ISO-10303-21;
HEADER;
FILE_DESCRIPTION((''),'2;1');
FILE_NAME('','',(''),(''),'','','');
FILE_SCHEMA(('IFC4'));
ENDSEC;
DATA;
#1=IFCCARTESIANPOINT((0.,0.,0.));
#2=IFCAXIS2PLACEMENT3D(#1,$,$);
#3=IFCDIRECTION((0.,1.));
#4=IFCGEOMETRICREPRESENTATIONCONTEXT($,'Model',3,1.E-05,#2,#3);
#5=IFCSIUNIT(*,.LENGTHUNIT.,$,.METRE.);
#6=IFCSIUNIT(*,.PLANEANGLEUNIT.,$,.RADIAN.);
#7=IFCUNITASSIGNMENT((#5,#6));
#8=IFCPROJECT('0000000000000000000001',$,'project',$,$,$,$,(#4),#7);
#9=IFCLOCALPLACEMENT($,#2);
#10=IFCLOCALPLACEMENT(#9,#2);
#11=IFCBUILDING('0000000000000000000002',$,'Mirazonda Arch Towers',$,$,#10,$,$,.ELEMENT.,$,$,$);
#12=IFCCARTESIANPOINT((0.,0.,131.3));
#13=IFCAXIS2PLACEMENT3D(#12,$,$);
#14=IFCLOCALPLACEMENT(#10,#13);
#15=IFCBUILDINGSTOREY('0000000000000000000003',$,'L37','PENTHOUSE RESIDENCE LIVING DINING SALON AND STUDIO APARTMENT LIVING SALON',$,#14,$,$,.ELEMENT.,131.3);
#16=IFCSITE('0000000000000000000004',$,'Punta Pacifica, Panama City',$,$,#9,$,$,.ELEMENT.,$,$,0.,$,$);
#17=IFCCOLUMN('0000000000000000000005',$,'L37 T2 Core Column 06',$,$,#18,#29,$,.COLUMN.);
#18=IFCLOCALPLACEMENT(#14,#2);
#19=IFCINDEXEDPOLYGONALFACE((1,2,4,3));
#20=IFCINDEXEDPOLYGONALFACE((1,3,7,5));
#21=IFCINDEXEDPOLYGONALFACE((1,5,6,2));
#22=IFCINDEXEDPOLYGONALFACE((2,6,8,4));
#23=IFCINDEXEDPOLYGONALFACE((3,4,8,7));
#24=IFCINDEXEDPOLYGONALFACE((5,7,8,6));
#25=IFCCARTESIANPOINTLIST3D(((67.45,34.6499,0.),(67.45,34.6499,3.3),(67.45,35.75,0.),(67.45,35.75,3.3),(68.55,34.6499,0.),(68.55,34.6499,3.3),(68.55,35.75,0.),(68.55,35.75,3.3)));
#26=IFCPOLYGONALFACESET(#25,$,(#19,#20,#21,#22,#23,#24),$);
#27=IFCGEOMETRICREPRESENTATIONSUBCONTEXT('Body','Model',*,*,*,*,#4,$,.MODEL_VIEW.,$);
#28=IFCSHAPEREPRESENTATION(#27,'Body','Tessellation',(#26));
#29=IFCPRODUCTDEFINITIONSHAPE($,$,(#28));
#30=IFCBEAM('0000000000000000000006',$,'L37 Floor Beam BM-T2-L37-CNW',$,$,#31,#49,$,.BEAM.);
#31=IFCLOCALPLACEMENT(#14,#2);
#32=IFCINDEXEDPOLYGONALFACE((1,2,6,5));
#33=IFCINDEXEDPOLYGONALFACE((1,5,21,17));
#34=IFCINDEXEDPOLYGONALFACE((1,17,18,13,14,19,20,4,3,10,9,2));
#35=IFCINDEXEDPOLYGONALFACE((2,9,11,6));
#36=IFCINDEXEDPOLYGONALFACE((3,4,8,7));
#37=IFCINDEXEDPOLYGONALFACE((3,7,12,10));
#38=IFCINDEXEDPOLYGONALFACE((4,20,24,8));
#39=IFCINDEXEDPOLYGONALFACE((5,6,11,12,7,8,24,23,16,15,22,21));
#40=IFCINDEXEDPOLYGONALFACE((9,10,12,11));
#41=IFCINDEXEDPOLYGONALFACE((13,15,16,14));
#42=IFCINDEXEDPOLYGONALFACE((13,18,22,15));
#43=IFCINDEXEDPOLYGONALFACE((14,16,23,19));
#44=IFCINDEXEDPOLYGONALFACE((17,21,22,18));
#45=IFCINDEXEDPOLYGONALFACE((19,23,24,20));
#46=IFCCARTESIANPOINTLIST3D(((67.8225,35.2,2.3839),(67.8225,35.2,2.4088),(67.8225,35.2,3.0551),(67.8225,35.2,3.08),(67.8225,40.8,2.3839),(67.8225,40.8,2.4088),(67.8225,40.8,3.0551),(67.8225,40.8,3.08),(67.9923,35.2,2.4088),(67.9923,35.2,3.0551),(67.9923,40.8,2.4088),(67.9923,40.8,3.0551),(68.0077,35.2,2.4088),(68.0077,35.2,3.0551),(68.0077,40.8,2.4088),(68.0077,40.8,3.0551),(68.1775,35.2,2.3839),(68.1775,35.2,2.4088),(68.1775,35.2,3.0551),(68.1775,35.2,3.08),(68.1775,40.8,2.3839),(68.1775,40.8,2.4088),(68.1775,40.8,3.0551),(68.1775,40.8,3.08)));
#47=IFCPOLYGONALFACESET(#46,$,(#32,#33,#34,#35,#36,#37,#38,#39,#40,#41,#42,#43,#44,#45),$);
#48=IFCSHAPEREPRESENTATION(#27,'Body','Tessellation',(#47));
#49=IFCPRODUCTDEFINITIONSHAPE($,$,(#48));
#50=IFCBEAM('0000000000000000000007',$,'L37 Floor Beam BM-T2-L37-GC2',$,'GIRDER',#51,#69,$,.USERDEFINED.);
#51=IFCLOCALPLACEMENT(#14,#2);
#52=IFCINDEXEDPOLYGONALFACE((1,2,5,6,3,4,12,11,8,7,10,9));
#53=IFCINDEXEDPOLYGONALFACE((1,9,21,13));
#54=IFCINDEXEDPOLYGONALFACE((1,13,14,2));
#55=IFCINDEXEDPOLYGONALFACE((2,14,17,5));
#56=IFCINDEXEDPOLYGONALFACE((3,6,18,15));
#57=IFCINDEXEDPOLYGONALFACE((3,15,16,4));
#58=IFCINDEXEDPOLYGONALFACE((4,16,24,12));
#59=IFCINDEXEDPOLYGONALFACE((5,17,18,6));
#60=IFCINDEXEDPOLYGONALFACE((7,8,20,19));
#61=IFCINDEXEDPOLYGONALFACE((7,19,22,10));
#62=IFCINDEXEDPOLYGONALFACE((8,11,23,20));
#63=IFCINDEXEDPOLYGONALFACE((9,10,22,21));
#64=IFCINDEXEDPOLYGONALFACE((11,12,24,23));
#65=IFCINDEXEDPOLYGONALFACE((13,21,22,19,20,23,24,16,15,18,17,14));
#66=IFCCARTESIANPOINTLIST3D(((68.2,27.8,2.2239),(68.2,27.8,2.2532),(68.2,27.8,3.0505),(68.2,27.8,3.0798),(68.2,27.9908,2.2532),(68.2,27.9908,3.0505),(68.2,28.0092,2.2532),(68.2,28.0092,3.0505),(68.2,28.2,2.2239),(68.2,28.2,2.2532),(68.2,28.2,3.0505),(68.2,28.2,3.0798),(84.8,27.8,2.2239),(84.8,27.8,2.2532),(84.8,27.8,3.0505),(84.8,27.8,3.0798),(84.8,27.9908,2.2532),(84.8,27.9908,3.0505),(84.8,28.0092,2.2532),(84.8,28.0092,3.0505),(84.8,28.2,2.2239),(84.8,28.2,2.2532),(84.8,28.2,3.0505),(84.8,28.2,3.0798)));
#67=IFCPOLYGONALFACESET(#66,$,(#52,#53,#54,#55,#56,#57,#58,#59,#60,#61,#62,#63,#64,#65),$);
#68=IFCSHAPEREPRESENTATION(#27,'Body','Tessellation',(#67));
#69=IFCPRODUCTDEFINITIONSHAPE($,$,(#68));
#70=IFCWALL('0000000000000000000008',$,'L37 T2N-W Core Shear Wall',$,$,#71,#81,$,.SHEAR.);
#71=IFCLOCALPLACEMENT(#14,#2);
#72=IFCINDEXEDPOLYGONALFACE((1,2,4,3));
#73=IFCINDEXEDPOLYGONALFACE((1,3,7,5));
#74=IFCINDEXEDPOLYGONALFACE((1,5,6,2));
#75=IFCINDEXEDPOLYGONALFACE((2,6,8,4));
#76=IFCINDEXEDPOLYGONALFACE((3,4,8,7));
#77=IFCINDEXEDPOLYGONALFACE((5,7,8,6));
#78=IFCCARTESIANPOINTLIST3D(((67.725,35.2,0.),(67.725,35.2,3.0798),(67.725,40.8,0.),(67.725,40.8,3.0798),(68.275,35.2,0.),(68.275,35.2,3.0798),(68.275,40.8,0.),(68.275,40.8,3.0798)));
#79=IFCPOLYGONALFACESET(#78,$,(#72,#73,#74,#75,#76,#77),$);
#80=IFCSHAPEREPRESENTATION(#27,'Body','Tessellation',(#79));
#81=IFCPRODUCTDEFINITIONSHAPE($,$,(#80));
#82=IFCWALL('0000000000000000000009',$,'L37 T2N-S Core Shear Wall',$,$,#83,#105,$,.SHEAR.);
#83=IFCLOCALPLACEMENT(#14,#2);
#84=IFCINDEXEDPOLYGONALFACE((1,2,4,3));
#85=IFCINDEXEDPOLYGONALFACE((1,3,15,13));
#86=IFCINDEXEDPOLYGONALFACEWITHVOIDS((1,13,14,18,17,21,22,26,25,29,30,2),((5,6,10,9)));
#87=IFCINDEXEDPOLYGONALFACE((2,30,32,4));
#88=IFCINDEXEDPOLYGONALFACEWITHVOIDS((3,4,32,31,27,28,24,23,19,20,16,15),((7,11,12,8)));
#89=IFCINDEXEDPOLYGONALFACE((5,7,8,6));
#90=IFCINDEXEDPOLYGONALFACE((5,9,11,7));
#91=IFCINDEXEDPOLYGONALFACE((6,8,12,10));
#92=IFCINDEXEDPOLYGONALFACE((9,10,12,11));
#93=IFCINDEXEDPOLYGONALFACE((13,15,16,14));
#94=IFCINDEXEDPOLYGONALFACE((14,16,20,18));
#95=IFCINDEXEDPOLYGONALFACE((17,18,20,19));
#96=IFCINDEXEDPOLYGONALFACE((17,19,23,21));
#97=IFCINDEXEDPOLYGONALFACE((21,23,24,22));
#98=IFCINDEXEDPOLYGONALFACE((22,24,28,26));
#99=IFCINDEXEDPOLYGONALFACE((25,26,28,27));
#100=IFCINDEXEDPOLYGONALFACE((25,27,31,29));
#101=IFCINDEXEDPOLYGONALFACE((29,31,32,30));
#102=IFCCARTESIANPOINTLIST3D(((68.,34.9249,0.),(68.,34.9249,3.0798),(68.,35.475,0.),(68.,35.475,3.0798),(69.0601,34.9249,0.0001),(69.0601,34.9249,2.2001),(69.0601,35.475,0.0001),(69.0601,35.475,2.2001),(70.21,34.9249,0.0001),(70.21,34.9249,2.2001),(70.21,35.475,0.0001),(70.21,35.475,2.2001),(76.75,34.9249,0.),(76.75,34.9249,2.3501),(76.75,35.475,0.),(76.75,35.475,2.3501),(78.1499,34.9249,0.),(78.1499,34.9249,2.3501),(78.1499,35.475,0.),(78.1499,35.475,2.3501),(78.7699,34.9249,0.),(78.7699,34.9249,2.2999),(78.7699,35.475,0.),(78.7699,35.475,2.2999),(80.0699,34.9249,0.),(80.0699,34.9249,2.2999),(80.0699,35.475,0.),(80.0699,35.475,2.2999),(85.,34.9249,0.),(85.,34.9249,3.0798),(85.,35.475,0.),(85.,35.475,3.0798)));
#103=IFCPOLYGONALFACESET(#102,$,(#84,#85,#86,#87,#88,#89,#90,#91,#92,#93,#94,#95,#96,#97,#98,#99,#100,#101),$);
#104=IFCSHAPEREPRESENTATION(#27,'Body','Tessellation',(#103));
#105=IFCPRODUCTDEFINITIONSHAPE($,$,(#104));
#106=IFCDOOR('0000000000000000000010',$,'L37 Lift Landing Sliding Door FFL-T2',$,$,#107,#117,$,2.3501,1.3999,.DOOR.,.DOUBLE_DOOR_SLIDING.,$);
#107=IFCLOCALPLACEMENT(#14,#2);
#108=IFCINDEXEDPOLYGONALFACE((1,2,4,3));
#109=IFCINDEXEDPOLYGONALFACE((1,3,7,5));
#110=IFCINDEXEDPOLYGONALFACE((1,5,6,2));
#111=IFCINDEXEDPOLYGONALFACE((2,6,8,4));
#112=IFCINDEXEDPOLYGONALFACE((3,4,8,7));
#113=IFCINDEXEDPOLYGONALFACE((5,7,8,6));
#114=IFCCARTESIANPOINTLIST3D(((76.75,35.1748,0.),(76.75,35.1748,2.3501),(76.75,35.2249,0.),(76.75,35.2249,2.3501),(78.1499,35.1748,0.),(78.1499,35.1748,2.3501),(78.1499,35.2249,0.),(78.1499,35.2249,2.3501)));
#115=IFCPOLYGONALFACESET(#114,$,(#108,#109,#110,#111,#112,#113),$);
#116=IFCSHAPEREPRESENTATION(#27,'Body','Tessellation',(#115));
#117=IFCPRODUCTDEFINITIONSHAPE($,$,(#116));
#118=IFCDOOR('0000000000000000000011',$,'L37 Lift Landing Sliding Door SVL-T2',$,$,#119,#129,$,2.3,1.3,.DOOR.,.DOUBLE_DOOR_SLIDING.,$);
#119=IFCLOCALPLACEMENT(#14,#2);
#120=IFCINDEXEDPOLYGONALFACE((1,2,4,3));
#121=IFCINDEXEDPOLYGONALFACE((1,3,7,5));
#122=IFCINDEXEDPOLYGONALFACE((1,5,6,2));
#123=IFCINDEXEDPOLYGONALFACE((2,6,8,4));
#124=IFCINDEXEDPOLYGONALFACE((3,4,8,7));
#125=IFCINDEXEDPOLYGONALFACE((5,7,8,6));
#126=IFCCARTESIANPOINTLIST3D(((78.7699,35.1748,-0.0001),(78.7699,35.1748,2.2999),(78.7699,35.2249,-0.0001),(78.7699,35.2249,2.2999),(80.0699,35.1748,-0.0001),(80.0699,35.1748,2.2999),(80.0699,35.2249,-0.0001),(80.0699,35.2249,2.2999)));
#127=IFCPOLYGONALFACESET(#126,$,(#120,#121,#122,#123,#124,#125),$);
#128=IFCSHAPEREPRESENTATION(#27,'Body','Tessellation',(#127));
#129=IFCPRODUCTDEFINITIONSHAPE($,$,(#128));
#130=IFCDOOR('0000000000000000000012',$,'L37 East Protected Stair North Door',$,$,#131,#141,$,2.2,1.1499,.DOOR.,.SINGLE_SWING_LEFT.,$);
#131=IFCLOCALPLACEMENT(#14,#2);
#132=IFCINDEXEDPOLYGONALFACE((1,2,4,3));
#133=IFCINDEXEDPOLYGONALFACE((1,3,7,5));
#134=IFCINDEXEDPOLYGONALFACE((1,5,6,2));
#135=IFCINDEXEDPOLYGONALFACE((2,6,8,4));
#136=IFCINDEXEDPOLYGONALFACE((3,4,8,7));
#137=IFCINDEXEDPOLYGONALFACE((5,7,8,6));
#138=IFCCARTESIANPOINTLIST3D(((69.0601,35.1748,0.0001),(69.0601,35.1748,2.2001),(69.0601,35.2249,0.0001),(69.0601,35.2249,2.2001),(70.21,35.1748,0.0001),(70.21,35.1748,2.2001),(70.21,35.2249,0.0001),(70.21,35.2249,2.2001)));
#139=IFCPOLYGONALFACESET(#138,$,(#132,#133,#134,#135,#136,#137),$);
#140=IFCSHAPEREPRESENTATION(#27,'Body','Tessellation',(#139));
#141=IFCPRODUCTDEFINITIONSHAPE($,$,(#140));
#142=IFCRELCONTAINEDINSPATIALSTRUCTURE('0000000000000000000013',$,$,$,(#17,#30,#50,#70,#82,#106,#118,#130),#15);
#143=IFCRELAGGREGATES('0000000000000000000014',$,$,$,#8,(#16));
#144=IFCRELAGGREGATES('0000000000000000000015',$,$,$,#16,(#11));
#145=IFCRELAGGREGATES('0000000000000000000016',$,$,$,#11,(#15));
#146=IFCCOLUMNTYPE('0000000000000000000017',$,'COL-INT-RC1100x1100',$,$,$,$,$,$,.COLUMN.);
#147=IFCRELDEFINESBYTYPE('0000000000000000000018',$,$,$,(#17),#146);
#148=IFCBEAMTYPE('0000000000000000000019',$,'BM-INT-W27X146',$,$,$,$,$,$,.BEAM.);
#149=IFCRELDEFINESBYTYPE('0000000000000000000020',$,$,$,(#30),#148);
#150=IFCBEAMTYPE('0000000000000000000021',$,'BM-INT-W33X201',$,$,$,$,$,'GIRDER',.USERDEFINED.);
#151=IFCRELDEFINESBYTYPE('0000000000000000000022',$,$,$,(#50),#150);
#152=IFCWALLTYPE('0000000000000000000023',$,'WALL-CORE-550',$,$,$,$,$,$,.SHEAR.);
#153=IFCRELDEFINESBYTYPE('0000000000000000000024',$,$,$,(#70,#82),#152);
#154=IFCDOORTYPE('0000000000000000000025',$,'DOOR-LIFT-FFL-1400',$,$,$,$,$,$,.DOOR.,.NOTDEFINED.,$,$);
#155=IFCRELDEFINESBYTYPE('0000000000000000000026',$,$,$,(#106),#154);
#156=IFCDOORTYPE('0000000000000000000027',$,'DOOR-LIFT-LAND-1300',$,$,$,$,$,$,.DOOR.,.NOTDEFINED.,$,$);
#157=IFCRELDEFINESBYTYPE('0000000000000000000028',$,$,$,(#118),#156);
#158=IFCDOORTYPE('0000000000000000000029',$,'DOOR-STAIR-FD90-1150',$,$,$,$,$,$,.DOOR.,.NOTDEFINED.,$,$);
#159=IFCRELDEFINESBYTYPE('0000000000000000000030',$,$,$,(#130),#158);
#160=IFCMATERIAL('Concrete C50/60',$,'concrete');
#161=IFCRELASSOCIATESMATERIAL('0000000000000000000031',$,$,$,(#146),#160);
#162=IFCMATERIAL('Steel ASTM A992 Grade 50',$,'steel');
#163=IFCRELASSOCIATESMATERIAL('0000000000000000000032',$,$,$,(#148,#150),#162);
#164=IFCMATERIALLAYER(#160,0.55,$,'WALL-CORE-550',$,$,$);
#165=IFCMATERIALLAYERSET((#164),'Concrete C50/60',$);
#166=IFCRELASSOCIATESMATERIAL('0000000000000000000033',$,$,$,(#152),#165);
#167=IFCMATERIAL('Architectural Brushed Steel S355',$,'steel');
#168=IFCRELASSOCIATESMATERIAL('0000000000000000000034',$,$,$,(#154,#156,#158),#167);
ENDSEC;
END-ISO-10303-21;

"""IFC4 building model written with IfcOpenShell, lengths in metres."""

from ifc_helpers import new_model, si_unit, direction, frame, frame_2d, origin, origin_2d, place, context, subcontext, project, spatial, rectangle, i_section, extrude, material, layer, layer_set, material_profile, profile_set, type_object, element, fill, save


model = new_model("IFC4")

# Units and contexts
model_context = context("Model", 3, precision=1e-05, world=origin(), true_north=direction((0.0, 1.0)))
body_context = subcontext(model_context, "Body", "Model", "MODEL_VIEW")
ifc_project = project(units=[si_unit("LENGTHUNIT", "METRE"), si_unit("PLANEANGLEUNIT", "RADIAN")], contexts=[model_context])

# Site, building, storey
site_placement = place(None, origin())
site = spatial("IfcSite", under=ifc_project, at=site_placement, Name="Punta Pacifica, Panama City", CompositionType="ELEMENT", RefElevation=0.0)
building_placement = place(site_placement, origin())
building = spatial("IfcBuilding", under=site, at=building_placement, Name="Mirazonda Arch Towers", CompositionType="ELEMENT")
storey_placement = place(building_placement, frame((0.0, 0.0, 131.3)))
storey = spatial("IfcBuildingStorey", under=building, at=storey_placement, Name="L37", Description="PENTHOUSE RESIDENCE LIVING DINING SALON AND STUDIO APARTMENT LIVING SALON", CompositionType="ELEMENT", Elevation=131.3)

# Column
ifc_material_1 = material(Name="Concrete C50/60", Category="concrete")
ifc_material_profile_1 = material_profile(ifc_material_1, rectangle(XDim=1.1001, YDim=1.1001, at=origin_2d()), Name="RC1100x1100")
ifc_profile_set_1 = profile_set([ifc_material_profile_1], Name="Concrete C50/60")
column_type = type_object("IfcColumnType", Name="COL-INT-RC1100x1100", PredefinedType="COLUMN", material=ifc_profile_set_1)
column_placement = place(storey_placement, frame((68.0, 35.2, 0.0), z_axis=(0.0, 0.0, 1.0), x_axis=(1.0, 0.0, 0.0)))
element("IfcColumn", 1, at=column_placement, inside=storey, type_object=column_type, Name="L37 T2 Core Column 06", PredefinedType="COLUMN", context=body_context, shape_type="SweptSolid", body=[
    extrude(rectangle(XDim=1.1001, YDim=1.1001, at=origin_2d()), origin(), (0.0, 0.0, 1.0), 3.3),
])

# Beams
ifc_material_2 = material(Name="Steel ASTM A992 Grade 50", Category="steel")
ifc_material_profile_2 = material_profile(ifc_material_2, i_section(OverallWidth=0.355, OverallDepth=0.696, WebThickness=0.0154, FlangeThickness=0.0249, at=origin_2d()), Name="W27X146")
ifc_profile_set_2 = profile_set([ifc_material_profile_2], Name="Steel ASTM A992 Grade 50")
beam_type_1 = type_object("IfcBeamType", Name="BM-INT-W27X146", PredefinedType="BEAM", material=ifc_profile_set_2)
beam_1_placement = place(storey_placement, frame((68.0, 35.2, 2.7319), z_axis=(0.0, 1.0, 0.0), x_axis=(-1.0, 0.0, 0.0)))
element("IfcBeam", 2, at=beam_1_placement, inside=storey, type_object=beam_type_1, Name="L37 Floor Beam BM-T2-L37-CNW", PredefinedType="BEAM", context=body_context, shape_type="SweptSolid", body=[
    extrude(i_section(OverallWidth=0.355, OverallDepth=0.696, WebThickness=0.0154, FlangeThickness=0.0249, at=origin_2d()), origin(), (0.0, 0.0, 1.0), 5.6001),
])
ifc_material_profile_3 = material_profile(ifc_material_2, i_section(OverallWidth=0.3999, OverallDepth=0.856, WebThickness=0.0183, FlangeThickness=0.0293, at=origin_2d()), Name="W33X201")
ifc_profile_set_3 = profile_set([ifc_material_profile_3], Name="Steel ASTM A992 Grade 50")
beam_type_2 = type_object("IfcBeamType", Name="BM-INT-W33X201", ElementType="GIRDER", PredefinedType="USERDEFINED", material=ifc_profile_set_3)
beam_2_placement = place(storey_placement, frame((68.2, 28.0, 2.6519), z_axis=(1.0, 0.0, 0.0), x_axis=(0.0, 1.0, 0.0)))
element("IfcBeam", 3, at=beam_2_placement, inside=storey, type_object=beam_type_2, Name="L37 Floor Beam BM-T2-L37-GC2", ObjectType="GIRDER", PredefinedType="USERDEFINED", context=body_context, shape_type="SweptSolid", body=[
    extrude(i_section(OverallWidth=0.3999, OverallDepth=0.856, WebThickness=0.0183, FlangeThickness=0.0293, at=origin_2d()), origin(), (0.0, 0.0, 1.0), 16.6001),
])

# Wall
ifc_layer_1 = layer(ifc_material_1, 0.55, Name="WALL-CORE-550")
ifc_layer_set_1 = layer_set([ifc_layer_1], Name="Concrete C50/60")
wall_type_1 = type_object("IfcWallType", Name="WALL-CORE-550", PredefinedType="SHEAR", material=ifc_layer_set_1)
wall_1_placement = place(storey_placement, frame((68.0, 35.2, 0.0), z_axis=(0.0, 0.0, 1.0), x_axis=(0.0, 1.0, 0.0)))
element("IfcWall", 4, at=wall_1_placement, inside=storey, type_object=wall_type_1, Name="L37 T2N-W Core Shear Wall", PredefinedType="SHEAR", context=body_context, shape_type="SweptSolid", body=[
    extrude(rectangle(XDim=5.6001, YDim=0.55, at=frame_2d((2.8, 0.0))), origin(), (0.0, 0.0, 1.0), 3.0798),
])

# Wall, openings, doors
wall_2_placement = place(storey_placement, frame((68.0, 35.2, 0.0), z_axis=(0.0, 0.0, 1.0), x_axis=(1.0, 0.0, 0.0)))
wall_2 = element("IfcWall", 5, at=wall_2_placement, inside=storey, type_object=wall_type_1, Name="L37 T2N-S Core Shear Wall", PredefinedType="SHEAR", context=body_context, shape_type="SweptSolid", body=[
    extrude(rectangle(XDim=17.0, YDim=0.55, at=frame_2d((8.5, 0.0))), origin(), (0.0, 0.0, 1.0), 3.0798),
])
opening_1_placement = place(wall_2_placement, frame((1.0601, 0.0, 0.0)))
opening_1 = element("IfcOpeningElement", 6, at=opening_1_placement, cuts=wall_2, PredefinedType="OPENING", context=body_context, shape_type="SweptSolid", body=[
    extrude(rectangle(XDim=1.1499, YDim=2.2, at=frame_2d((0.575, 1.1001))), frame((0.0, 0.2849, 0.0), z_axis=(0.0, -1.0, 0.0), x_axis=(1.0, 0.0, 0.0)), (0.0, 0.0, 1.0), 0.5701),
])
opening_2_placement = place(wall_2_placement, frame((8.75, 0.0, 0.0)))
opening_2 = element("IfcOpeningElement", 7, at=opening_2_placement, cuts=wall_2, PredefinedType="OPENING", context=body_context, shape_type="SweptSolid", body=[
    extrude(rectangle(XDim=1.3999, YDim=2.3501, at=frame_2d((0.7, 1.175))), frame((0.0, 0.2849, 0.0), z_axis=(0.0, -1.0, 0.0), x_axis=(1.0, 0.0, 0.0)), (0.0, 0.0, 1.0), 0.5701),
])
opening_3_placement = place(wall_2_placement, frame((10.77, 0.0, 0.0)))
opening_3 = element("IfcOpeningElement", 8, at=opening_3_placement, cuts=wall_2, PredefinedType="OPENING", context=body_context, shape_type="SweptSolid", body=[
    extrude(rectangle(XDim=1.3, YDim=2.3, at=frame_2d((0.6499, 1.1499))), frame((0.0, 0.2849, 0.0), z_axis=(0.0, -1.0, 0.0), x_axis=(1.0, 0.0, 0.0)), (0.0, 0.0, 1.0), 0.5701),
])
ifc_material_3 = material(Name="Architectural Brushed Steel S355", Category="steel")
door_type_1 = type_object("IfcDoorType", Name="DOOR-LIFT-FFL-1400", OperationType="NOTDEFINED", PredefinedType="DOOR", material=ifc_material_3)
door_1_placement = place(opening_2_placement, origin())
door_1 = element("IfcDoor", 9, at=door_1_placement, inside=storey, type_object=door_type_1, Name="L37 Lift Landing Sliding Door FFL-T2", OperationType="DOUBLE_DOOR_SLIDING", OverallHeight=2.3501, OverallWidth=1.3999, PredefinedType="DOOR", context=body_context, shape_type="SweptSolid", body=[
    extrude(rectangle(XDim=1.3999, YDim=2.3501, at=frame_2d((0.7, 1.175))), frame((0.0, 0.0249, 0.0), z_axis=(0.0, -1.0, 0.0), x_axis=(1.0, 0.0, 0.0)), (0.0, 0.0, 1.0), 0.05),
])
fill(opening_2, door_1)
door_type_2 = type_object("IfcDoorType", Name="DOOR-LIFT-LAND-1300", OperationType="NOTDEFINED", PredefinedType="DOOR", material=ifc_material_3)
door_2_placement = place(opening_3_placement, origin())
door_2 = element("IfcDoor", 10, at=door_2_placement, inside=storey, type_object=door_type_2, Name="L37 Lift Landing Sliding Door SVL-T2", OperationType="DOUBLE_DOOR_SLIDING", OverallHeight=2.3, OverallWidth=1.3, PredefinedType="DOOR", context=body_context, shape_type="SweptSolid", body=[
    extrude(rectangle(XDim=1.3, YDim=2.3, at=frame_2d((0.6499, 1.1499))), frame((0.0, 0.0249, 0.0), z_axis=(0.0, -1.0, 0.0), x_axis=(1.0, 0.0, 0.0)), (0.0, 0.0, 1.0), 0.05),
])
fill(opening_3, door_2)
door_type_3 = type_object("IfcDoorType", Name="DOOR-STAIR-FD90-1150", OperationType="NOTDEFINED", PredefinedType="DOOR", material=ifc_material_3)
door_3_placement = place(opening_1_placement, origin())
door_3 = element("IfcDoor", 11, at=door_3_placement, inside=storey, type_object=door_type_3, Name="L37 East Protected Stair North Door", OperationType="SINGLE_SWING_LEFT", OverallHeight=2.2, OverallWidth=1.1499, PredefinedType="DOOR", context=body_context, shape_type="SweptSolid", body=[
    extrude(rectangle(XDim=1.1499, YDim=2.2, at=frame_2d((0.575, 1.1001))), frame((0.0, 0.0249, 0.0), z_axis=(0.0, -1.0, 0.0), x_axis=(1.0, 0.0, 0.0)), (0.0, 0.0, 1.0), 0.05),
])
fill(opening_1, door_3)

save(model, "model.ifc")
